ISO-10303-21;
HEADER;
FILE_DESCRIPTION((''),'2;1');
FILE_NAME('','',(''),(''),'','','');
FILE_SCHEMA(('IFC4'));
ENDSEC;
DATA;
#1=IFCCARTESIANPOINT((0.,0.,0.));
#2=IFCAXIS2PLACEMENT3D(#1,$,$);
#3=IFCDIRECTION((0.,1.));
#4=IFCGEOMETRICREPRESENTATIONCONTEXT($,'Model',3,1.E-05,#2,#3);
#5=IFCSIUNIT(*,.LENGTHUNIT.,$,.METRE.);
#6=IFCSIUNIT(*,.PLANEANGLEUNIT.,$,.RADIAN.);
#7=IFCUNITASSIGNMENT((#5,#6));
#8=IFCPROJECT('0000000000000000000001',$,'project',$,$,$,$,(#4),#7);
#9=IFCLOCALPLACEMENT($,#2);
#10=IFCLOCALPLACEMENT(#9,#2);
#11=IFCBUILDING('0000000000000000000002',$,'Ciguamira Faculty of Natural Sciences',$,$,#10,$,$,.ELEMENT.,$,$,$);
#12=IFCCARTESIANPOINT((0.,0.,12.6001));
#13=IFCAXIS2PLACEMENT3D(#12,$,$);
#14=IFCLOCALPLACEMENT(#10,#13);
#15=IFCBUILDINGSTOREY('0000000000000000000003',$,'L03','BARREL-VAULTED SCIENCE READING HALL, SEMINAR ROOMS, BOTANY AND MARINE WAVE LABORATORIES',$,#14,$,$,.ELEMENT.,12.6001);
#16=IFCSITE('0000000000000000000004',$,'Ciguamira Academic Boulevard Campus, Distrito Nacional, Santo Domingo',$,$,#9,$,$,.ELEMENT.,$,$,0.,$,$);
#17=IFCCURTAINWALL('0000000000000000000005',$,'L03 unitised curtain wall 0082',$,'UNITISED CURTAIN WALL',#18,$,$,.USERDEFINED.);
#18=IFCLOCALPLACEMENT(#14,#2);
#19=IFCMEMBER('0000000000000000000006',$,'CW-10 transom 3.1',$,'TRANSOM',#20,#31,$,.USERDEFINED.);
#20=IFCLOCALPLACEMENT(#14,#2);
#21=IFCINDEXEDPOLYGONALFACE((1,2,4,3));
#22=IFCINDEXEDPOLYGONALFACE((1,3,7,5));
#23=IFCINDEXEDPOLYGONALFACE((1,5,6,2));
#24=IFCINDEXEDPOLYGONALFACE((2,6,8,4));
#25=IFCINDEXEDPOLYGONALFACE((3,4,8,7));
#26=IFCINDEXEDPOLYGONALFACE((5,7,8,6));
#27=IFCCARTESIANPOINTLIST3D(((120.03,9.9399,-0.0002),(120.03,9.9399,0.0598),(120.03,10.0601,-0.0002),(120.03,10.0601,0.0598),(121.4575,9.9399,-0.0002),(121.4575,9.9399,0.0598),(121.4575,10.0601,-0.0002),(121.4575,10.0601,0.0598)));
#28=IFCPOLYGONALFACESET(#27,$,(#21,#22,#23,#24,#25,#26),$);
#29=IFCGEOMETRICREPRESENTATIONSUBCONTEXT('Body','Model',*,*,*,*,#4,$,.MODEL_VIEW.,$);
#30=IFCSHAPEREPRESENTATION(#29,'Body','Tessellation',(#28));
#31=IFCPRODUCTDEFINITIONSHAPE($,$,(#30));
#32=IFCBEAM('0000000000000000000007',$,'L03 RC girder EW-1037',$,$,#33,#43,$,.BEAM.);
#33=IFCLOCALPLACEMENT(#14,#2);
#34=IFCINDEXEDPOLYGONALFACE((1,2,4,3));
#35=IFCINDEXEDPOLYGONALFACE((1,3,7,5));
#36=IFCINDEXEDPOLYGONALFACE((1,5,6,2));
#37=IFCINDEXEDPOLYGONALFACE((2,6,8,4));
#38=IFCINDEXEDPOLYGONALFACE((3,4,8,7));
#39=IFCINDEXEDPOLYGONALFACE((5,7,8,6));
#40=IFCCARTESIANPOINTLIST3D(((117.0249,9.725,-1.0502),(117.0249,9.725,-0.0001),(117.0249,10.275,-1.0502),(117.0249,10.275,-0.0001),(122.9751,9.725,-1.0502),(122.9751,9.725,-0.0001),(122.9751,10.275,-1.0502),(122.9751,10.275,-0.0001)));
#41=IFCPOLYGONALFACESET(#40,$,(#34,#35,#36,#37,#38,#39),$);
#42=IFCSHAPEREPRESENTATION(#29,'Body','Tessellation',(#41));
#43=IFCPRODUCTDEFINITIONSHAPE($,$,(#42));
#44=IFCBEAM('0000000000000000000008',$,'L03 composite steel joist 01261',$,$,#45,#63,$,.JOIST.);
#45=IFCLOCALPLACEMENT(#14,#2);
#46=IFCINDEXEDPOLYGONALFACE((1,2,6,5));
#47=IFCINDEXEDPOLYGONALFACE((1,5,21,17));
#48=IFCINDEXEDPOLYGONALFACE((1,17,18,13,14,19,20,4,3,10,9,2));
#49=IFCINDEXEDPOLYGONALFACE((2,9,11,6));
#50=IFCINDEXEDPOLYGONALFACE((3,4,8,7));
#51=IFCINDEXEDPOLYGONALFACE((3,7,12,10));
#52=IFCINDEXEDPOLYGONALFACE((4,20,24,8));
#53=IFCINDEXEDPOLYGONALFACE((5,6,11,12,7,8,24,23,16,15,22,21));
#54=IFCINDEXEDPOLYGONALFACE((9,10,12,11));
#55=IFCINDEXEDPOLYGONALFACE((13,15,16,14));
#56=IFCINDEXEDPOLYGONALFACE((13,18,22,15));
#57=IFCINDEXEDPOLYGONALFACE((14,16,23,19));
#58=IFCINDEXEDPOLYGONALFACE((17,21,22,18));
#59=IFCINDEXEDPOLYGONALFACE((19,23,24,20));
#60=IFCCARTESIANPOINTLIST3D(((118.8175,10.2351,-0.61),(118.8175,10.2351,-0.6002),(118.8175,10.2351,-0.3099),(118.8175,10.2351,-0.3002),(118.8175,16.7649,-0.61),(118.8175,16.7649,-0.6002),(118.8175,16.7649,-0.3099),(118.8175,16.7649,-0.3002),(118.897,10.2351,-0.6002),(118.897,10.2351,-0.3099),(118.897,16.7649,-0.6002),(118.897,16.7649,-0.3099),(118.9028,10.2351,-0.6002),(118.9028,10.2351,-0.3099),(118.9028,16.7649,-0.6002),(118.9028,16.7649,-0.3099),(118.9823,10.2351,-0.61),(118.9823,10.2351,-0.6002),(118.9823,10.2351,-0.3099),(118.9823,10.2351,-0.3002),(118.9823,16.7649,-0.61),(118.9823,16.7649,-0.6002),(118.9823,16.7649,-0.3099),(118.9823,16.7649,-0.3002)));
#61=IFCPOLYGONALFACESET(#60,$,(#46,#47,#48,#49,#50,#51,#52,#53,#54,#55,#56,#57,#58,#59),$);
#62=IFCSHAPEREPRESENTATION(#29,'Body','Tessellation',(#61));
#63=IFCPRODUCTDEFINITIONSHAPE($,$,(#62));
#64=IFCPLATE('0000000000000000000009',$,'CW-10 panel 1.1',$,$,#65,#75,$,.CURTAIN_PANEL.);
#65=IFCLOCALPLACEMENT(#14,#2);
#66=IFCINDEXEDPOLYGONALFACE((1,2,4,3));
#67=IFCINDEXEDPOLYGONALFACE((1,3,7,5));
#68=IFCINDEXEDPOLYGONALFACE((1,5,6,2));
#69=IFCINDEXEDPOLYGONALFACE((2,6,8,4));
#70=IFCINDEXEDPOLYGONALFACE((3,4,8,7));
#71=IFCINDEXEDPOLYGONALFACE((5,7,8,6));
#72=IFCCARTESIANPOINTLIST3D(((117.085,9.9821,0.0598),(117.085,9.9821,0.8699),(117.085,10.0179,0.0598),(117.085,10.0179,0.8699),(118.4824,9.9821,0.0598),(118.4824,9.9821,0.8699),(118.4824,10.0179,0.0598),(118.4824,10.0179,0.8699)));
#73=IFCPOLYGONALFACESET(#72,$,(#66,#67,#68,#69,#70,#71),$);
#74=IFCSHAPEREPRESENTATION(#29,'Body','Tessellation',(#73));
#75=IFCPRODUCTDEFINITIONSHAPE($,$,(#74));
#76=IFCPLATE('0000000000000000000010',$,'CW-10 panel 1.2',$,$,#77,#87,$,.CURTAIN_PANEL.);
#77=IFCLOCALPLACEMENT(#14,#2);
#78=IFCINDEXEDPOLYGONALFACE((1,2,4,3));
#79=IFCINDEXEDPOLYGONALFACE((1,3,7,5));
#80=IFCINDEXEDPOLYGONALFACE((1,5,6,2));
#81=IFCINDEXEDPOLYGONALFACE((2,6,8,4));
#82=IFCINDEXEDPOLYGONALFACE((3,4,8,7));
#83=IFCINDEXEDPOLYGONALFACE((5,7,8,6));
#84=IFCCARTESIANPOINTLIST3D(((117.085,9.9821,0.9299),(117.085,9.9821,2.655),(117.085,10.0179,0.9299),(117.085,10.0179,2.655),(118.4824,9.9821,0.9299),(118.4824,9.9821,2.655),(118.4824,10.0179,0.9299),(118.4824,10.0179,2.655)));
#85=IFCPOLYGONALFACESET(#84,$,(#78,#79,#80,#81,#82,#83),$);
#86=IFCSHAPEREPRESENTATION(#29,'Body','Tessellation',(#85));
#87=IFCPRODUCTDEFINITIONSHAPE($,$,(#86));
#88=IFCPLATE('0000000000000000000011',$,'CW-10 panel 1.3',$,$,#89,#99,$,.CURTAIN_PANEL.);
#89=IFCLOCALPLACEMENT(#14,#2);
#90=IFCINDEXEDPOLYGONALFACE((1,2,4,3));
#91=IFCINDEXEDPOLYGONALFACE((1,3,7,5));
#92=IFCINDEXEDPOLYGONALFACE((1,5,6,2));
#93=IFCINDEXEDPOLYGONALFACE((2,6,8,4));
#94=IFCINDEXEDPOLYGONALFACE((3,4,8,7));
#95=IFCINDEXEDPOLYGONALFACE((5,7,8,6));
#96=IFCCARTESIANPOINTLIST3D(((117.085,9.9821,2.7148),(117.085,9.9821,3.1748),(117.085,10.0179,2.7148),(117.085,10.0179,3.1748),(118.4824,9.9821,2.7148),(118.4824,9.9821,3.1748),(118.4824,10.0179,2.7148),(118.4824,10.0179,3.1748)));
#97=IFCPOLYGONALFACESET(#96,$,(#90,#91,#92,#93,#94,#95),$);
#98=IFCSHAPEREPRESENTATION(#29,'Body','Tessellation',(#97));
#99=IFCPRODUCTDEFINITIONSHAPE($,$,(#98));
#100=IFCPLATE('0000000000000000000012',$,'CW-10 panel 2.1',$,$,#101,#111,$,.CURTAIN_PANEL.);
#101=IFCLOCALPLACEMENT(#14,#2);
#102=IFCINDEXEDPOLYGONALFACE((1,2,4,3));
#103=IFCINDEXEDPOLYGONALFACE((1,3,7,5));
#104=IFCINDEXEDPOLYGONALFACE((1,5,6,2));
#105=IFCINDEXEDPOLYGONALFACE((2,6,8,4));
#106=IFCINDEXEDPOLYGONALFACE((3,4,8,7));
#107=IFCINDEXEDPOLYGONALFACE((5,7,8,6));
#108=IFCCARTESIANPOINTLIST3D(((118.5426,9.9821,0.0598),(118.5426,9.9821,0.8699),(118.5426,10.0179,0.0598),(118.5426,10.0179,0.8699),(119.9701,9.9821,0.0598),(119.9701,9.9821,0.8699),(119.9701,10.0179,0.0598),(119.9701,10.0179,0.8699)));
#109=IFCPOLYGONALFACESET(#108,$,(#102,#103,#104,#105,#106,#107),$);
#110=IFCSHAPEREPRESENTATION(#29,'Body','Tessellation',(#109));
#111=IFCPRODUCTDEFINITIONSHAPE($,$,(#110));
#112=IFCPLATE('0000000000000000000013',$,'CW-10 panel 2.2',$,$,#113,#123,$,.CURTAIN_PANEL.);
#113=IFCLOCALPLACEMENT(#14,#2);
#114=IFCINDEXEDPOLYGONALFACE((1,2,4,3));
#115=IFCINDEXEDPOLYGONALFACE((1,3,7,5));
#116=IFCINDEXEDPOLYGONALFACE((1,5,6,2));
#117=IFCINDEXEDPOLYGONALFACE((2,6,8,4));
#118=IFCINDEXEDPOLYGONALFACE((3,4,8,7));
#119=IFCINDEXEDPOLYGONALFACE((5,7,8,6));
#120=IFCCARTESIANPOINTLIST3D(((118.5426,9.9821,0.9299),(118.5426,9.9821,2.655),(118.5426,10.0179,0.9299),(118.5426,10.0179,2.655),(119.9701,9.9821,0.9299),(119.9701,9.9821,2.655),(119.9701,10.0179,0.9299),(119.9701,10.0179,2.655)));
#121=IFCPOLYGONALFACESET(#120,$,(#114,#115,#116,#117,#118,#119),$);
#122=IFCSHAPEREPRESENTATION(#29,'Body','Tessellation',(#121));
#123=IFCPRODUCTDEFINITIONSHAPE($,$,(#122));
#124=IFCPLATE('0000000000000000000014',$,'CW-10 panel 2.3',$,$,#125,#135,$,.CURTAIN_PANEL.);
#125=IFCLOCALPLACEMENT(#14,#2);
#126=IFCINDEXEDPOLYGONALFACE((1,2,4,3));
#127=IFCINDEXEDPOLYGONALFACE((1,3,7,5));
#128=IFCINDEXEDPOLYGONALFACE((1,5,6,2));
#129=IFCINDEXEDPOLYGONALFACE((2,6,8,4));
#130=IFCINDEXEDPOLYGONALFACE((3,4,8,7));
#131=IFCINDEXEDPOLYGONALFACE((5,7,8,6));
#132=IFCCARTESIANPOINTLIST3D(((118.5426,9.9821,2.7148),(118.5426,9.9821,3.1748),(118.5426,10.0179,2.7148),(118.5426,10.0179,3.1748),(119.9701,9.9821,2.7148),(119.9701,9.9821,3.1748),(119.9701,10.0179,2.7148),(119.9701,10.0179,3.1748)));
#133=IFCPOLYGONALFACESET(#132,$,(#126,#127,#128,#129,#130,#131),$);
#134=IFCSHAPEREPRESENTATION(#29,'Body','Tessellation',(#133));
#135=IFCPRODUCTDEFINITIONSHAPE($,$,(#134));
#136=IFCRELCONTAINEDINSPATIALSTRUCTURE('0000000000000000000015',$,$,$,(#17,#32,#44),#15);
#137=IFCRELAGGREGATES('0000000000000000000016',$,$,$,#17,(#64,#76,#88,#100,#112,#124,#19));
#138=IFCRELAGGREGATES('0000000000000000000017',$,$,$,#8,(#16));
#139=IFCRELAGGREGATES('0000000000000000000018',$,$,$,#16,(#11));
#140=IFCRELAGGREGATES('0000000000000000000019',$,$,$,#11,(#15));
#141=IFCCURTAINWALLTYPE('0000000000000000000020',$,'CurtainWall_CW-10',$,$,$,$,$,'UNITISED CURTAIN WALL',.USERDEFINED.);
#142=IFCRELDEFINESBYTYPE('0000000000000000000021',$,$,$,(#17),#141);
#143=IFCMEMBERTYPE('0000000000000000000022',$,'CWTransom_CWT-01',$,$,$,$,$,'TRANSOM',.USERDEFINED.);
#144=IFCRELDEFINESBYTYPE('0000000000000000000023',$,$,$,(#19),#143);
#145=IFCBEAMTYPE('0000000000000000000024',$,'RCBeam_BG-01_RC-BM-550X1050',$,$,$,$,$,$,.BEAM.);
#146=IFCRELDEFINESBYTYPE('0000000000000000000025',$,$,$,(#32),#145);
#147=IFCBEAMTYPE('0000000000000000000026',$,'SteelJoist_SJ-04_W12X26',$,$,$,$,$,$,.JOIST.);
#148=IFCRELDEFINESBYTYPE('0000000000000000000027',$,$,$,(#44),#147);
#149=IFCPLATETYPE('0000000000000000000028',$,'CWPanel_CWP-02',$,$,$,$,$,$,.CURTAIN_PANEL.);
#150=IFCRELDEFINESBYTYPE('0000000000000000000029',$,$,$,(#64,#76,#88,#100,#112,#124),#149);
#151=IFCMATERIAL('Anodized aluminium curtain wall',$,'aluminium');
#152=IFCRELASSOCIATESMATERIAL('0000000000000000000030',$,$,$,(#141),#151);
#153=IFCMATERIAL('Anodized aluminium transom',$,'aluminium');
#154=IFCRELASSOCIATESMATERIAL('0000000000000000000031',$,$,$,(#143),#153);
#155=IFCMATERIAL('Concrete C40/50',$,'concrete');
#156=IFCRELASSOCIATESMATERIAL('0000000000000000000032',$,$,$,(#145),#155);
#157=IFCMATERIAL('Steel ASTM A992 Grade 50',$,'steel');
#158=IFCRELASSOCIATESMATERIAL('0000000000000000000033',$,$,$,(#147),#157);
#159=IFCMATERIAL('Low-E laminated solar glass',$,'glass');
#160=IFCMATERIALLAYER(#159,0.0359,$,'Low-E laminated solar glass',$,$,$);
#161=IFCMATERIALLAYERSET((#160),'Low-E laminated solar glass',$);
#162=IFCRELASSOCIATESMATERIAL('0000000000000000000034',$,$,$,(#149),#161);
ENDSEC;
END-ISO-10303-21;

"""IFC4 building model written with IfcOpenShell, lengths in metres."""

from ifc_helpers import new_model, si_unit, direction, frame, origin, origin_2d, place, context, subcontext, project, spatial, rectangle, i_section, extrude, material, layer, layer_set, material_profile, profile_set, type_object, element, aggregate, save


model = new_model("IFC4")

# Units and contexts
model_context = context("Model", 3, precision=1e-05, world=origin(), true_north=direction((0.0, 1.0)))
body_context = subcontext(model_context, "Body", "Model", "MODEL_VIEW")
ifc_project = project(units=[si_unit("LENGTHUNIT", "METRE"), si_unit("PLANEANGLEUNIT", "RADIAN")], contexts=[model_context])

# Site, building, storey
site_placement = place(None, origin())
site = spatial("IfcSite", under=ifc_project, at=site_placement, Name="Ciguamira Academic Boulevard Campus, Distrito Nacional, Santo Domingo", CompositionType="ELEMENT", RefElevation=0.0)
building_placement = place(site_placement, origin())
building = spatial("IfcBuilding", under=site, at=building_placement, Name="Ciguamira Faculty of Natural Sciences", CompositionType="ELEMENT")
storey_placement = place(building_placement, frame((0.0, 0.0, 12.6001)))
storey = spatial("IfcBuildingStorey", under=building, at=storey_placement, Name="L03", Description="BARREL-VAULTED SCIENCE READING HALL, SEMINAR ROOMS, BOTANY AND MARINE WAVE LABORATORIES", CompositionType="ELEMENT", Elevation=12.6001)

# Shared definitions
ifc_material_1 = material(Name="Concrete C40/50", Category="concrete")

# Curtain wall, member
ifc_material_2 = material(Name="Anodized aluminium curtain wall", Category="aluminium")
curtain_wall_type = type_object("IfcCurtainWallType", Name="CurtainWall_CW-10", ElementType="UNITISED CURTAIN WALL", PredefinedType="USERDEFINED", material=ifc_material_2)
curtain_wall_placement = place(storey_placement, origin())
curtain_wall = element("IfcCurtainWall", 1, at=curtain_wall_placement, inside=storey, type_object=curtain_wall_type, Name="L03 unitised curtain wall 0082", ObjectType="UNITISED CURTAIN WALL", PredefinedType="USERDEFINED")
ifc_material_3 = material(Name="Anodized aluminium transom", Category="aluminium")
ifc_material_profile_1 = material_profile(ifc_material_3, rectangle(XDim=0.0601, YDim=0.1201, at=origin_2d()), Name="ALU-TRN-60X120")
ifc_profile_set_1 = profile_set([ifc_material_profile_1], Name="Anodized aluminium transom")
member_type_1 = type_object("IfcMemberType", Name="CWTransom_CWT-01", ElementType="TRANSOM", PredefinedType="USERDEFINED", material=ifc_profile_set_1)
member_1_placement = place(storey_placement, frame((120.03, 10.0, 0.0298), z_axis=(1.0, 0.0, 0.0), x_axis=(0.0, 0.0, 1.0)))
member_1 = element("IfcMember", 2, at=member_1_placement, type_object=member_type_1, Name="CW-10 transom 3.1", ObjectType="TRANSOM", PredefinedType="USERDEFINED", context=body_context, shape_type="SweptSolid", body=[
    extrude(rectangle(XDim=0.0601, YDim=0.1201, at=origin_2d()), origin(), (0.0, 0.0, 1.0), 1.4275),
])

# Beams
ifc_material_profile_2 = material_profile(ifc_material_1, rectangle(XDim=0.55, YDim=1.05, at=origin_2d()), Name="RC-BM-550X1050")
ifc_profile_set_2 = profile_set([ifc_material_profile_2], Name="Concrete C40/50")
beam_type_1 = type_object("IfcBeamType", Name="RCBeam_BG-01_RC-BM-550X1050", PredefinedType="BEAM", material=ifc_profile_set_2)
beam_1_placement = place(storey_placement, frame((117.0249, 10.0, -0.5251), z_axis=(1.0, 0.0, 0.0), x_axis=(0.0, 1.0, 0.0)))
element("IfcBeam", 3, at=beam_1_placement, inside=storey, type_object=beam_type_1, Name="L03 RC girder EW-1037", PredefinedType="BEAM", context=body_context, shape_type="SweptSolid", body=[
    extrude(rectangle(XDim=0.55, YDim=1.05, at=origin_2d()), origin(), (0.0, 0.0, 1.0), 5.9502),
])
ifc_material_4 = material(Name="Steel ASTM A992 Grade 50", Category="steel")
ifc_material_profile_3 = material_profile(ifc_material_4, i_section(OverallWidth=0.1648, OverallDepth=0.3098, WebThickness=0.0059, FlangeThickness=0.0098, at=origin_2d()), Name="W12X26")
ifc_profile_set_3 = profile_set([ifc_material_profile_3], Name="Steel ASTM A992 Grade 50")
beam_type_2 = type_object("IfcBeamType", Name="SteelJoist_SJ-04_W12X26", PredefinedType="JOIST", material=ifc_profile_set_3)
beam_2_placement = place(storey_placement, frame((118.8999, 10.2351, -0.4551), z_axis=(0.0, 1.0, 0.0), x_axis=(-1.0, 0.0, 0.0)))
element("IfcBeam", 4, at=beam_2_placement, inside=storey, type_object=beam_type_2, Name="L03 composite steel joist 01261", PredefinedType="JOIST", context=body_context, shape_type="SweptSolid", body=[
    extrude(i_section(OverallWidth=0.1648, OverallDepth=0.3098, WebThickness=0.0059, FlangeThickness=0.0098, at=origin_2d()), origin(), (0.0, 0.0, 1.0), 6.5298),
])

# Plates
ifc_material_5 = material(Name="Low-E laminated solar glass", Category="glass")
ifc_layer = layer(ifc_material_5, 0.0359, Name="Low-E laminated solar glass")
ifc_layer_set = layer_set([ifc_layer], Name="Low-E laminated solar glass")
plate_type = type_object("IfcPlateType", Name="CWPanel_CWP-02", PredefinedType="CURTAIN_PANEL", material=ifc_layer_set)
plate_1_placement = place(storey_placement, frame((117.7837, 10.0, 0.0598), z_axis=(0.0, 0.0, 1.0), x_axis=(1.0, 0.0, 0.0)))
plate_1 = element("IfcPlate", 5, at=plate_1_placement, type_object=plate_type, Name="CW-10 panel 1.1", PredefinedType="CURTAIN_PANEL", context=body_context, shape_type="SweptSolid", body=[
    extrude(rectangle(XDim=1.3975, YDim=0.0359, at=origin_2d()), origin(), (0.0, 0.0, 1.0), 0.8101),
])
plate_2_placement = place(storey_placement, frame((117.7837, 10.0, 0.9299), z_axis=(0.0, 0.0, 1.0), x_axis=(1.0, 0.0, 0.0)))
plate_2 = element("IfcPlate", 6, at=plate_2_placement, type_object=plate_type, Name="CW-10 panel 1.2", PredefinedType="CURTAIN_PANEL", context=body_context, shape_type="SweptSolid", body=[
    extrude(rectangle(XDim=1.3975, YDim=0.0359, at=origin_2d()), origin(), (0.0, 0.0, 1.0), 1.7251),
])
plate_3_placement = place(storey_placement, frame((117.7837, 10.0, 2.7148), z_axis=(0.0, 0.0, 1.0), x_axis=(1.0, 0.0, 0.0)))
plate_3 = element("IfcPlate", 7, at=plate_3_placement, type_object=plate_type, Name="CW-10 panel 1.3", PredefinedType="CURTAIN_PANEL", context=body_context, shape_type="SweptSolid", body=[
    extrude(rectangle(XDim=1.3975, YDim=0.0359, at=origin_2d()), origin(), (0.0, 0.0, 1.0), 0.46),
])
plate_4_placement = place(storey_placement, frame((119.2563, 10.0, 0.0598), z_axis=(0.0, 0.0, 1.0), x_axis=(1.0, 0.0, 0.0)))
plate_4 = element("IfcPlate", 8, at=plate_4_placement, type_object=plate_type, Name="CW-10 panel 2.1", PredefinedType="CURTAIN_PANEL", context=body_context, shape_type="SweptSolid", body=[
    extrude(rectangle(XDim=1.4275, YDim=0.0359, at=origin_2d()), origin(), (0.0, 0.0, 1.0), 0.8101),
])
plate_5_placement = place(storey_placement, frame((119.2563, 10.0, 0.9299), z_axis=(0.0, 0.0, 1.0), x_axis=(1.0, 0.0, 0.0)))
plate_5 = element("IfcPlate", 9, at=plate_5_placement, type_object=plate_type, Name="CW-10 panel 2.2", PredefinedType="CURTAIN_PANEL", context=body_context, shape_type="SweptSolid", body=[
    extrude(rectangle(XDim=1.4275, YDim=0.0359, at=origin_2d()), origin(), (0.0, 0.0, 1.0), 1.7251),
])
plate_6_placement = place(storey_placement, frame((119.2563, 10.0, 2.7148), z_axis=(0.0, 0.0, 1.0), x_axis=(1.0, 0.0, 0.0)))
plate_6 = element("IfcPlate", 10, at=plate_6_placement, type_object=plate_type, Name="CW-10 panel 2.3", PredefinedType="CURTAIN_PANEL", context=body_context, shape_type="SweptSolid", body=[
    extrude(rectangle(XDim=1.4275, YDim=0.0359, at=origin_2d()), origin(), (0.0, 0.0, 1.0), 0.46),
])
aggregate(curtain_wall, [plate_1, plate_2, plate_3, plate_4, plate_5, plate_6, member_1])

save(model, "model.ifc")
